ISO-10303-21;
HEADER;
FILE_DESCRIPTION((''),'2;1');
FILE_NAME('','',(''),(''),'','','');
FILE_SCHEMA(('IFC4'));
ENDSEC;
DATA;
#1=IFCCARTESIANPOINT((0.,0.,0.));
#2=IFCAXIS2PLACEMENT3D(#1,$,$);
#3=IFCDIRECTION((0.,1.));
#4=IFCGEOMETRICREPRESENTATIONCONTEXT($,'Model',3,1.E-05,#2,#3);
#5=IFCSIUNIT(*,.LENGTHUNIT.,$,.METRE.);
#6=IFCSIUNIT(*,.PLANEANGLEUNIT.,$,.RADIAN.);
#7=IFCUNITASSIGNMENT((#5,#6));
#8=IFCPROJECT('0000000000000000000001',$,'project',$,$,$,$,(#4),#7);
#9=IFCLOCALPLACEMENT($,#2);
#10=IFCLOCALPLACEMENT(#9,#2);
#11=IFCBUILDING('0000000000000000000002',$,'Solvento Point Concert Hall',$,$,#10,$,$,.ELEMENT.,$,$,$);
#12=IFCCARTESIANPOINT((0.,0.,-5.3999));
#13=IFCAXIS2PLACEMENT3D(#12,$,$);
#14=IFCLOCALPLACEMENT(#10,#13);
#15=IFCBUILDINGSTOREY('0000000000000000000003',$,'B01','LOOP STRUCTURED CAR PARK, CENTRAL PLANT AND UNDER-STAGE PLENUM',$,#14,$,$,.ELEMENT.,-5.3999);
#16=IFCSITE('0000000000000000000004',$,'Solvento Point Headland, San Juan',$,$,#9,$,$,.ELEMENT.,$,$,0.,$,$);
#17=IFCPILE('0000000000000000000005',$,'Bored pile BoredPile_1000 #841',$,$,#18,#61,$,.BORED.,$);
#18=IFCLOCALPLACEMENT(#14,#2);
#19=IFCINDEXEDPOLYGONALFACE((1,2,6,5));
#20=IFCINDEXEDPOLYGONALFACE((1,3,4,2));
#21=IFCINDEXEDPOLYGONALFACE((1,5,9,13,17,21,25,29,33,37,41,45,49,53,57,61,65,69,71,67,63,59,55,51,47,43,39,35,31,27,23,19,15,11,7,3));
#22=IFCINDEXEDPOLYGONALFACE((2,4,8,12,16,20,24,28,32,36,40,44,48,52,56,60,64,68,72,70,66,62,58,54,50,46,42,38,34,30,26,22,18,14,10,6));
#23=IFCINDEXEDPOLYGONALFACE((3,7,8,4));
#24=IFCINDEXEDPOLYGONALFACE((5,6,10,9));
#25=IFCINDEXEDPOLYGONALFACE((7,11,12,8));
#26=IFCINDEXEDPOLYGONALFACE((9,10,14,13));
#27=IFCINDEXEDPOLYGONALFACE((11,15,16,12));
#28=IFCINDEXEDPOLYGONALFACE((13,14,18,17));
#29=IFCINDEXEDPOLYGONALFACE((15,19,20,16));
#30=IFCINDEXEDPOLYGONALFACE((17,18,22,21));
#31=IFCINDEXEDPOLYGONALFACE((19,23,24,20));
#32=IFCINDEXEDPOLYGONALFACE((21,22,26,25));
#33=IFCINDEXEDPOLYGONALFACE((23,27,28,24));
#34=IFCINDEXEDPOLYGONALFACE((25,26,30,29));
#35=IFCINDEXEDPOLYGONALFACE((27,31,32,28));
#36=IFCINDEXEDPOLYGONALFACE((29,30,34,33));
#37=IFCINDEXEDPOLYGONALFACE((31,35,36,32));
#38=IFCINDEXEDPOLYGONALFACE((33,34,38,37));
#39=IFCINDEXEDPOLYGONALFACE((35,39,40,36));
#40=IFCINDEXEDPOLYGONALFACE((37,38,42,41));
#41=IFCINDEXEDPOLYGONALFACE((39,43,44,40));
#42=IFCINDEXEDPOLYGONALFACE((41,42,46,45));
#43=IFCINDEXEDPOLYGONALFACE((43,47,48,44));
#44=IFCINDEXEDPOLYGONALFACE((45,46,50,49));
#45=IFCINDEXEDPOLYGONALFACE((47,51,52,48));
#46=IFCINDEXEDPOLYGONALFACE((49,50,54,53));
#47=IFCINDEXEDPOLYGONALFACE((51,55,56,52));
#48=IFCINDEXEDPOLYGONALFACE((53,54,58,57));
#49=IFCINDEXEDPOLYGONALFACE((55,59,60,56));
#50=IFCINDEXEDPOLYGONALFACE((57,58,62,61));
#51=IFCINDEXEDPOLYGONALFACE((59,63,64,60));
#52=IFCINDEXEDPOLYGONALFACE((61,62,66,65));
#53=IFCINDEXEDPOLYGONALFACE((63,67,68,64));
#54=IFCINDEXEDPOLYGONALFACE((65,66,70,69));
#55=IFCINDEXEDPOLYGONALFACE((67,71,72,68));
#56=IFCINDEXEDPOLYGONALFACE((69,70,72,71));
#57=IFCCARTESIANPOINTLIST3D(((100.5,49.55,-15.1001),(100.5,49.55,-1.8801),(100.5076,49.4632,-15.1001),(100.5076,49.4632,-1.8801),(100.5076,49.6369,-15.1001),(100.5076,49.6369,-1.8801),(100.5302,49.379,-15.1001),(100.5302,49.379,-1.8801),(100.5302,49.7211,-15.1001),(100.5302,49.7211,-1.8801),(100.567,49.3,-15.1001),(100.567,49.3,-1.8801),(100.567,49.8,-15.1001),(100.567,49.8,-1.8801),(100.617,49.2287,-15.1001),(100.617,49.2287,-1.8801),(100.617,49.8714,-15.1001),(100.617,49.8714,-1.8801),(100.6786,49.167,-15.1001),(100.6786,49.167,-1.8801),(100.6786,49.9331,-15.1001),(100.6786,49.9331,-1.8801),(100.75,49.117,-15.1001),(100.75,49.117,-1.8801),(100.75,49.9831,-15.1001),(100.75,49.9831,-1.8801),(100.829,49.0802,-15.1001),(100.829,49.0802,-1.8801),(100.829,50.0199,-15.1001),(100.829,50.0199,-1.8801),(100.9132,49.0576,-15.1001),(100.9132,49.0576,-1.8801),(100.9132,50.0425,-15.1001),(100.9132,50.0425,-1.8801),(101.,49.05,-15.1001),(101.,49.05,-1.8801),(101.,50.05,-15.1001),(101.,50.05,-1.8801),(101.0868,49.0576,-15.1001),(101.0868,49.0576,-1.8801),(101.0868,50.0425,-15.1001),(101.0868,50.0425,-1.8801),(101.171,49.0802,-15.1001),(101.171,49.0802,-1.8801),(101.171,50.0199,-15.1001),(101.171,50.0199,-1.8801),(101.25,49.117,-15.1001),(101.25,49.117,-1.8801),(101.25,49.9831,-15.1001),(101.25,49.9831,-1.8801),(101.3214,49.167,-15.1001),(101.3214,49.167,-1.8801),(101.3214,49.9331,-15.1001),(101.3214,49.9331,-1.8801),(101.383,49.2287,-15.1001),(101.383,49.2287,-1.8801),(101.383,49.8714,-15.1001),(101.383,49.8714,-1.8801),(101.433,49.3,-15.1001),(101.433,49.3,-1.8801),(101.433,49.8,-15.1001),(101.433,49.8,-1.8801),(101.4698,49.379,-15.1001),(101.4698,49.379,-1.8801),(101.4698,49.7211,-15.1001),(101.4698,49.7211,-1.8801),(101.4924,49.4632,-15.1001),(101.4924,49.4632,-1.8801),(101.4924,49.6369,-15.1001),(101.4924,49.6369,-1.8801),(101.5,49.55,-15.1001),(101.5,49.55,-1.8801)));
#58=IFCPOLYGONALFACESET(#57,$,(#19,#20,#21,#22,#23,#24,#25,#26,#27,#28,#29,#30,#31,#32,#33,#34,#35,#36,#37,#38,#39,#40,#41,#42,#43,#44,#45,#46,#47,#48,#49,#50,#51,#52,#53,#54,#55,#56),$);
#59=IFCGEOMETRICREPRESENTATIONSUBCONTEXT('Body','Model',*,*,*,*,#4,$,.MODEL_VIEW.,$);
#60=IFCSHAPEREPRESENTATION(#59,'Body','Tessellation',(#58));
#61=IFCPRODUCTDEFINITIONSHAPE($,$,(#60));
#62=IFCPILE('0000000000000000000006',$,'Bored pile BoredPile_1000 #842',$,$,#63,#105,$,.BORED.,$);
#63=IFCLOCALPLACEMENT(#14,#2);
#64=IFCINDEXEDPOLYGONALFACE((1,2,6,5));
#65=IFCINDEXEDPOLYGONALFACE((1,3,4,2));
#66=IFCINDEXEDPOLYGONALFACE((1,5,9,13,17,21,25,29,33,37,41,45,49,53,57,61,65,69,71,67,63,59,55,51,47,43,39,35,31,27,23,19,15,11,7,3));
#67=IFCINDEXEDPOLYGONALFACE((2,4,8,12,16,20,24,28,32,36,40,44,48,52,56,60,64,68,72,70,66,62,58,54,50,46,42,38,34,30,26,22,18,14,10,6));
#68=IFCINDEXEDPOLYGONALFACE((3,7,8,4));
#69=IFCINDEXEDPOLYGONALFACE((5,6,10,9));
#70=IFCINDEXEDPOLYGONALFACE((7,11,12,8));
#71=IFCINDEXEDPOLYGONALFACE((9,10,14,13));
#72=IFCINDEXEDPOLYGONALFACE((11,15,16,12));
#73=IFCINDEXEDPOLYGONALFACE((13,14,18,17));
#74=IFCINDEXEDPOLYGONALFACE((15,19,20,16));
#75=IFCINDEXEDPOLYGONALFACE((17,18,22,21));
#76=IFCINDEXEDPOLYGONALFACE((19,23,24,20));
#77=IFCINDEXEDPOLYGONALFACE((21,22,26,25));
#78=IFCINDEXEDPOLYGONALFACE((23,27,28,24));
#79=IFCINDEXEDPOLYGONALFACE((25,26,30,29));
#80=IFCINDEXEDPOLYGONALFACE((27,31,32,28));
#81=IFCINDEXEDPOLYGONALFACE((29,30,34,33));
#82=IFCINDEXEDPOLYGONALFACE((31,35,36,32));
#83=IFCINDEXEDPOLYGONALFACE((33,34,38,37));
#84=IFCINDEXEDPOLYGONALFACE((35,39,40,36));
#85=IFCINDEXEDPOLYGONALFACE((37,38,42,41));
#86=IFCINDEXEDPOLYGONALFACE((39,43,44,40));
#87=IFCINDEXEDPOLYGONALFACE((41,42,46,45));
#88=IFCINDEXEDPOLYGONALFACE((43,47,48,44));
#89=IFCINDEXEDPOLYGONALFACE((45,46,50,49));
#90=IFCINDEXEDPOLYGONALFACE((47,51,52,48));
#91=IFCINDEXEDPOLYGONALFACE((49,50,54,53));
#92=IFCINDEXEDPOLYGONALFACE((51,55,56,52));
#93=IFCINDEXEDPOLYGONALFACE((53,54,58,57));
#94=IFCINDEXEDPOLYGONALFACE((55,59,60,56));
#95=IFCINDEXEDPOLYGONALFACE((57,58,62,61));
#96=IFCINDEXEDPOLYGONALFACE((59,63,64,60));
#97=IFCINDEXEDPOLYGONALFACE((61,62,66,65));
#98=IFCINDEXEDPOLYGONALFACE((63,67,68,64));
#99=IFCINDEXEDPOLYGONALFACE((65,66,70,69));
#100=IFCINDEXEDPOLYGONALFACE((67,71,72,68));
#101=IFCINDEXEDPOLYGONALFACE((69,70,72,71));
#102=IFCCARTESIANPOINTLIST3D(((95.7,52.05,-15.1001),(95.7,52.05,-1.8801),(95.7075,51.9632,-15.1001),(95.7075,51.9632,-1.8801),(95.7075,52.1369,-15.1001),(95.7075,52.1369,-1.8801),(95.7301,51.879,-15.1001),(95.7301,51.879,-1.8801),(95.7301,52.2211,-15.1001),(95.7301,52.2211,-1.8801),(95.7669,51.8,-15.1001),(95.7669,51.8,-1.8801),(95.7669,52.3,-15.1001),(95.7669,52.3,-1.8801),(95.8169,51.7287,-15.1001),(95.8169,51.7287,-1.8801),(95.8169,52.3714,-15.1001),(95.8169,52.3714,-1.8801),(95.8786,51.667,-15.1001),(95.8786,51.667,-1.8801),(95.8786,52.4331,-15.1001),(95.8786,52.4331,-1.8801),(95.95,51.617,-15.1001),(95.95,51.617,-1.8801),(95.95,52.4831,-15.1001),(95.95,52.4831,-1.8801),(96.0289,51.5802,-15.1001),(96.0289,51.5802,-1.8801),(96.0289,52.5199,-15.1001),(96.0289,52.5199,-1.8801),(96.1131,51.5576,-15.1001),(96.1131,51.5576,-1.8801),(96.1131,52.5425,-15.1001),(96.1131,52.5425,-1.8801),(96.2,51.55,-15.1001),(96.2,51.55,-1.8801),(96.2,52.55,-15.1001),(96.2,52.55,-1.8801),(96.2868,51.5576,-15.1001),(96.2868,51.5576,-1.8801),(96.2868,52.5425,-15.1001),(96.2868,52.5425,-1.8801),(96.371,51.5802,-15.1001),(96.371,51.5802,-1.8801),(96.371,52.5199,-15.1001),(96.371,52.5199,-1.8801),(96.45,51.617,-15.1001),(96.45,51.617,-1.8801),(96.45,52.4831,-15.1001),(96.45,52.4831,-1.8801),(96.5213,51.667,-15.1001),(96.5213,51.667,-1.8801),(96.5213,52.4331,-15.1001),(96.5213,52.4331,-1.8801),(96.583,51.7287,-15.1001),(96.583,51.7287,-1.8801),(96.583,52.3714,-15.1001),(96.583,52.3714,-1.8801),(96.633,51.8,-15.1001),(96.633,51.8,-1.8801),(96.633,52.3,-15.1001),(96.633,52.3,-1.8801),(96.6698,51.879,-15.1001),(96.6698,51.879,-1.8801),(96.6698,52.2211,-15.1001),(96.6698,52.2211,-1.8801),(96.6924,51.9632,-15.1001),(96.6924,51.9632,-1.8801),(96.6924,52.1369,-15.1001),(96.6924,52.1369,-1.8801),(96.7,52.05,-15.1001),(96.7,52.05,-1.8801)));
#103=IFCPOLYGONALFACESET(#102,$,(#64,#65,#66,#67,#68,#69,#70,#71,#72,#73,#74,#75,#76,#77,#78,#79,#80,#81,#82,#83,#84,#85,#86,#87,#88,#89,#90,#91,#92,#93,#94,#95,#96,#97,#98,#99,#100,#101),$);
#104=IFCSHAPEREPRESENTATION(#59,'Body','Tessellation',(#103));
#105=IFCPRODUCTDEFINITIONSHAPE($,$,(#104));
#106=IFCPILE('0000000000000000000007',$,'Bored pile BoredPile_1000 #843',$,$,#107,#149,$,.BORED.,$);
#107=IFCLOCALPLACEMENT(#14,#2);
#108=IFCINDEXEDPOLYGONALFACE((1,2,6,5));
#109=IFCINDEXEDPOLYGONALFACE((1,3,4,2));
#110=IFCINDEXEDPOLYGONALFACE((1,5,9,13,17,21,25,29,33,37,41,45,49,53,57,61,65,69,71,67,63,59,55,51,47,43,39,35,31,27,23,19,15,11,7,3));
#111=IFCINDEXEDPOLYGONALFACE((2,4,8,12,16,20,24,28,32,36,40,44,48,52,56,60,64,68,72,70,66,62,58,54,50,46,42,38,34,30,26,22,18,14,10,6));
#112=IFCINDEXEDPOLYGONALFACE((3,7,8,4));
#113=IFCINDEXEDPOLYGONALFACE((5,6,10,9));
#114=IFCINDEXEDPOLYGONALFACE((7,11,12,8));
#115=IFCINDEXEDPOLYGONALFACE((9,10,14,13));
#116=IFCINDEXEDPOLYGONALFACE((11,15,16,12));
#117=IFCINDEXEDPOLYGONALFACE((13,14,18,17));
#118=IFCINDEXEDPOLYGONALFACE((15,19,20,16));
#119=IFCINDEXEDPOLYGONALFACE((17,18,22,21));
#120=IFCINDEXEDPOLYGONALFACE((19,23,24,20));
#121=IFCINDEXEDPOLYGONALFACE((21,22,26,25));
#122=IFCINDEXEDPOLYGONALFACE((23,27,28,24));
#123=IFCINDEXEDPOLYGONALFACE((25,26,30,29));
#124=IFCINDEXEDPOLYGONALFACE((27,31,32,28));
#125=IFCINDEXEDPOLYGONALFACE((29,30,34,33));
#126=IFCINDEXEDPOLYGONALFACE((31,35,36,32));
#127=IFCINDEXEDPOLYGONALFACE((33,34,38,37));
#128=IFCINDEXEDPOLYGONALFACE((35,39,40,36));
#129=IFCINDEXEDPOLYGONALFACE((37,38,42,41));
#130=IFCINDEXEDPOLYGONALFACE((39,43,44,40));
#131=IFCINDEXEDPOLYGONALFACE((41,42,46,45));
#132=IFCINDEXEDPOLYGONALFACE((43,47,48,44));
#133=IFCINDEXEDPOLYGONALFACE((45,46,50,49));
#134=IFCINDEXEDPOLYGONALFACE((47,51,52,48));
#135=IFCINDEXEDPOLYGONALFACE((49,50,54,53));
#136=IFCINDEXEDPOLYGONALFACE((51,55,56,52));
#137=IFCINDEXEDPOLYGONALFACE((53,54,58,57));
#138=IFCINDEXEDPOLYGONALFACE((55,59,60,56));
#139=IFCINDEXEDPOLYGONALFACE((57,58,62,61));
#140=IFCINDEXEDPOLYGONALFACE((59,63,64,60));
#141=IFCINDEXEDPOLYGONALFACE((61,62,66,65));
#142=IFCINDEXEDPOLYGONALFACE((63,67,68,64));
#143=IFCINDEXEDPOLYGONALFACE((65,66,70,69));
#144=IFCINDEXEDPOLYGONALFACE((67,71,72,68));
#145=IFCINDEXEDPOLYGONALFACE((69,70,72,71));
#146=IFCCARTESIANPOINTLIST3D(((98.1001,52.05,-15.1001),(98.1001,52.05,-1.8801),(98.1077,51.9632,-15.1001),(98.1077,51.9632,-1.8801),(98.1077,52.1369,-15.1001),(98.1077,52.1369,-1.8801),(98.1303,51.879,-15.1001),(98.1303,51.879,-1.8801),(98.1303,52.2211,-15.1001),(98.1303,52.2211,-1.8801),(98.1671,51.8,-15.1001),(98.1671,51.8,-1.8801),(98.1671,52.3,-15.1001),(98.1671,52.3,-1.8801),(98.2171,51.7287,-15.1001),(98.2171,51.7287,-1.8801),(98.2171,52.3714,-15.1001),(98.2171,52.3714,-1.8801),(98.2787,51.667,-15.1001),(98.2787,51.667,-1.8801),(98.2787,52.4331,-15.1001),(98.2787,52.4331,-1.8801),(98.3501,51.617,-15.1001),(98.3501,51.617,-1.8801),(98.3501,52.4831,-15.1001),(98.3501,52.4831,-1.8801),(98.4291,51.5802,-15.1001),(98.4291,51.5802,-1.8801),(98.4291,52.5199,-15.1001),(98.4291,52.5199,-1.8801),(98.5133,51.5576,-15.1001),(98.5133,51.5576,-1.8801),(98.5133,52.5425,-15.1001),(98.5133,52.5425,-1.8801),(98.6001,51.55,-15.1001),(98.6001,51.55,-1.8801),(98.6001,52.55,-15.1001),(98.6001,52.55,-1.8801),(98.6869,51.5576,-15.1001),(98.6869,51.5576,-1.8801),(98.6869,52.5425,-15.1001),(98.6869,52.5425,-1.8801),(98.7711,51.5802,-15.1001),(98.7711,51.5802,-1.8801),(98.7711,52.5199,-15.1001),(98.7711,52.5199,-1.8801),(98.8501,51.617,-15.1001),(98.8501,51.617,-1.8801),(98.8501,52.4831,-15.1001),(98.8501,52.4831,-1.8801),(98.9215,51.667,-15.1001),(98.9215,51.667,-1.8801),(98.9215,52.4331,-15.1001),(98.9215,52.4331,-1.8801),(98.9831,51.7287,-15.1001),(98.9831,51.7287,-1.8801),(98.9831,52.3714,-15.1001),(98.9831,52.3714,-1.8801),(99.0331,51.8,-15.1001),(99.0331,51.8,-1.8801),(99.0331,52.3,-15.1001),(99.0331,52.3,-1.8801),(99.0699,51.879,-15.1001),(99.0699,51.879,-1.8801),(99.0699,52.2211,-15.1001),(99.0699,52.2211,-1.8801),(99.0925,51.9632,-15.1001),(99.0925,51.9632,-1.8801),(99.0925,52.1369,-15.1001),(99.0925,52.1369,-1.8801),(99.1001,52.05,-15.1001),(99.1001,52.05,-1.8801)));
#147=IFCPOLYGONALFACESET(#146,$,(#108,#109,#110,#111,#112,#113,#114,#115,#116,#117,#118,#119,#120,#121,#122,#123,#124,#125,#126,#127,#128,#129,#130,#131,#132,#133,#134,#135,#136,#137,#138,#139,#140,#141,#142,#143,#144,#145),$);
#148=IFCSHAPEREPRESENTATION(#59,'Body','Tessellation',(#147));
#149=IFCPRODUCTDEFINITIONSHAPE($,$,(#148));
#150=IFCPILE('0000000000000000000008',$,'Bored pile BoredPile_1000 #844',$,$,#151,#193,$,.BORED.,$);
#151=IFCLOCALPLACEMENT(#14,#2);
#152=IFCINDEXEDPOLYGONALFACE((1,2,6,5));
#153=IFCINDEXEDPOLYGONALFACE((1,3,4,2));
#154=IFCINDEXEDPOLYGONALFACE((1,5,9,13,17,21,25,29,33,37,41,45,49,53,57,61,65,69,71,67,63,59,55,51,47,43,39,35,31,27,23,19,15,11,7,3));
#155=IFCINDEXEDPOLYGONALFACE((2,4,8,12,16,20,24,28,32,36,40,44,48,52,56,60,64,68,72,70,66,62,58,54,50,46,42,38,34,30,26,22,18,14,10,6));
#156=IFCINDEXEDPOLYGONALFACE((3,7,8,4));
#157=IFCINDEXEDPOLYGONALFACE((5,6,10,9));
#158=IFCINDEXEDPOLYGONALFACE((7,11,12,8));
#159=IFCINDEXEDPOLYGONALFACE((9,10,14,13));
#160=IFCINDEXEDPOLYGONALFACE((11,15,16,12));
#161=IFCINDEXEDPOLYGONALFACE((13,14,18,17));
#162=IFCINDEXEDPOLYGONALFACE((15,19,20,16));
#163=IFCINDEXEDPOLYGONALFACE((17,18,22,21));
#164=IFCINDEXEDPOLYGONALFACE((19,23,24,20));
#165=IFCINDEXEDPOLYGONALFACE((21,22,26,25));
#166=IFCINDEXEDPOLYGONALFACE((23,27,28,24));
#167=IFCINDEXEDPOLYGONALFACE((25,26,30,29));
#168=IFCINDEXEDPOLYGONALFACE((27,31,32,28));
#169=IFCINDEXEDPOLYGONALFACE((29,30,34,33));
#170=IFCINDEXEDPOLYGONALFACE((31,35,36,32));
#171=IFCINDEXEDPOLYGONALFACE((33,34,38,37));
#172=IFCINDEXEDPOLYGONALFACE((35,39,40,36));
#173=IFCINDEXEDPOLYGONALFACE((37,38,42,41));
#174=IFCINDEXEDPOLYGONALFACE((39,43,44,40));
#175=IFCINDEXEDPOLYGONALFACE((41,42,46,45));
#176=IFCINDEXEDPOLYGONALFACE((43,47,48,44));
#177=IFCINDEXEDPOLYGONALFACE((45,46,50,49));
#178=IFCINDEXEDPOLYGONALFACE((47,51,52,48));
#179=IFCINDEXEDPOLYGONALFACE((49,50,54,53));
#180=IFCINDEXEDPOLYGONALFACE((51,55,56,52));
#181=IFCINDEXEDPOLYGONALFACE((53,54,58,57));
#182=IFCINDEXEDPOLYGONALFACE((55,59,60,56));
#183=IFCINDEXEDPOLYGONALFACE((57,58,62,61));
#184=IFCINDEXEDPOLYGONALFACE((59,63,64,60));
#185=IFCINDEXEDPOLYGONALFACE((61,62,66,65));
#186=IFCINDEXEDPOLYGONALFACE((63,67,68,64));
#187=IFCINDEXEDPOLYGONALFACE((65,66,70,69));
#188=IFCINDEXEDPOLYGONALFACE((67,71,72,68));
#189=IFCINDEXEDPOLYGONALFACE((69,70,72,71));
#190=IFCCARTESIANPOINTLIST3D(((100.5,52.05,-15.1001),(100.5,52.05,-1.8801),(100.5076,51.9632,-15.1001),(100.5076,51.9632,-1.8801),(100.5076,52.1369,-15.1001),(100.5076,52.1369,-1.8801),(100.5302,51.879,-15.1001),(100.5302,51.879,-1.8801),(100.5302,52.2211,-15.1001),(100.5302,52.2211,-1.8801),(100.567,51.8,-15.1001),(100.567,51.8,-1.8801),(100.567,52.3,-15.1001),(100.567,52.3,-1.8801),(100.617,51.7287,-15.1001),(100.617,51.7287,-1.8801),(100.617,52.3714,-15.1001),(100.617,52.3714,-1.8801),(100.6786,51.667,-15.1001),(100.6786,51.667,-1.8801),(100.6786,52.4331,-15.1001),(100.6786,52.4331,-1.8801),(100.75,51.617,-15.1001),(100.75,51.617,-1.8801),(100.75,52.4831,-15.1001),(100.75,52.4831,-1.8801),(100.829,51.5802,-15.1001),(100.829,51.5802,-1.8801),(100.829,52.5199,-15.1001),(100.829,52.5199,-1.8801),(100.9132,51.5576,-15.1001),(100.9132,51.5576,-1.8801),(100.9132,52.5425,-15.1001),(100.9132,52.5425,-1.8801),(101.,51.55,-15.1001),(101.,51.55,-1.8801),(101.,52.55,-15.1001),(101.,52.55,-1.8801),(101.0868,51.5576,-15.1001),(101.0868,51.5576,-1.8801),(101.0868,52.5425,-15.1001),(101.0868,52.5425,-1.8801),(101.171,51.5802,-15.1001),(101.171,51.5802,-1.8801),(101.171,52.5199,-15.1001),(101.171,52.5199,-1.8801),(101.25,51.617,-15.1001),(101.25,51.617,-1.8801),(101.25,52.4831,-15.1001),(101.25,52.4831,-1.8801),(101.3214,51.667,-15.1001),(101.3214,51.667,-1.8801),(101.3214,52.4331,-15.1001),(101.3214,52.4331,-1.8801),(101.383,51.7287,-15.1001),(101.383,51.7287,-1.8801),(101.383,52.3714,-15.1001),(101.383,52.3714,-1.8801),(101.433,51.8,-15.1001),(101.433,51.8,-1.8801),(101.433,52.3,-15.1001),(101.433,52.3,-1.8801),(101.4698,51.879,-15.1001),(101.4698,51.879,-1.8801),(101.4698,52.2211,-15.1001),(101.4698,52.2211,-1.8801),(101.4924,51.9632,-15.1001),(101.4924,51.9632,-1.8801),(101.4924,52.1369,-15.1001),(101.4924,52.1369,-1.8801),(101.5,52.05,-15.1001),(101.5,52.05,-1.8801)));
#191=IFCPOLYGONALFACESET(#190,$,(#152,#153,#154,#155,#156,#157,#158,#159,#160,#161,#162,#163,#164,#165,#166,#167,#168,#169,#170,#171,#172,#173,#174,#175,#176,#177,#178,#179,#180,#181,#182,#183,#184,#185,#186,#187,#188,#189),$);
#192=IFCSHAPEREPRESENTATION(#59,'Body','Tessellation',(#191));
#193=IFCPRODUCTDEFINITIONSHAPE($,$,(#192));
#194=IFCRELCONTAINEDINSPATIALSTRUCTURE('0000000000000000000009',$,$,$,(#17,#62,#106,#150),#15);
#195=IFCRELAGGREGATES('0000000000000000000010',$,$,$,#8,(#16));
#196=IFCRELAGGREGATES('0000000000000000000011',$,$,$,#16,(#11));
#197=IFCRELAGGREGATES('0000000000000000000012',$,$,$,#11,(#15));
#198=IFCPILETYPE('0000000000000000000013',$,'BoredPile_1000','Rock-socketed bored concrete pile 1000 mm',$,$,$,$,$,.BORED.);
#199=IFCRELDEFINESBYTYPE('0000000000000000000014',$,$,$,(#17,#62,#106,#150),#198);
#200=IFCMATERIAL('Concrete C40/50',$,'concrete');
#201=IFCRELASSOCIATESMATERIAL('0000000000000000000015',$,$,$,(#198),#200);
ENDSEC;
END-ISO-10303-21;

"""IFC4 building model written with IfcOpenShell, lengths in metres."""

from ifc_helpers import new_model, si_unit, direction, frame, origin, origin_2d, place, context, subcontext, project, spatial, circle, extrude, material, material_profile, profile_set, type_object, element, save


model = new_model("IFC4")

# Units and contexts
model_context = context("Model", 3, precision=1e-05, world=origin(), true_north=direction((0.0, 1.0)))
body_context = subcontext(model_context, "Body", "Model", "MODEL_VIEW")
ifc_project = project(units=[si_unit("LENGTHUNIT", "METRE"), si_unit("PLANEANGLEUNIT", "RADIAN")], contexts=[model_context])

# Site, building, storey
site_placement = place(None, origin())
site = spatial("IfcSite", under=ifc_project, at=site_placement, Name="Solvento Point Headland, San Juan", CompositionType="ELEMENT", RefElevation=0.0)
building_placement = place(site_placement, origin())
building = spatial("IfcBuilding", under=site, at=building_placement, Name="Solvento Point Concert Hall", CompositionType="ELEMENT")
storey_placement = place(building_placement, frame((0.0, 0.0, -5.3999)))
storey = spatial("IfcBuildingStorey", under=building, at=storey_placement, Name="B01", Description="LOOP STRUCTURED CAR PARK, CENTRAL PLANT AND UNDER-STAGE PLENUM", CompositionType="ELEMENT", Elevation=-5.3999)

# Piles
ifc_material_1 = material(Name="Concrete C40/50", Category="concrete")
ifc_material_profile_1 = material_profile(ifc_material_1, circle(Radius=0.5, at=origin_2d()), Name="BP-1000")
ifc_profile_set_1 = profile_set([ifc_material_profile_1], Name="Concrete C40/50")
pile_type_1 = type_object("IfcPileType", Name="BoredPile_1000", Description="Rock-socketed bored concrete pile 1000 mm", PredefinedType="BORED", material=ifc_profile_set_1)
for number, where, z_axis, x_axis, name in (
    (1, (101.0, 49.55, -1.8801), (0.0, 0.0, -1.0), (1.0, 0.0, 0.0), "Bored pile BoredPile_1000 #841"),
    (2, (96.2, 52.05, -1.8801), (0.0, 0.0, -1.0), (1.0, 0.0, 0.0), "Bored pile BoredPile_1000 #842"),
    (3, (98.6001, 52.05, -1.8801), (0.0, 0.0, -1.0), (1.0, 0.0, 0.0), "Bored pile BoredPile_1000 #843"),
    (4, (101.0, 52.05, -1.8801), (0.0, 0.0, -1.0), (1.0, 0.0, 0.0), "Bored pile BoredPile_1000 #844"),
):
    element("IfcPile", number, at=place(storey_placement, frame(where, z_axis=z_axis, x_axis=x_axis)), inside=storey, type_object=pile_type_1, Name=name, PredefinedType="BORED", context=body_context, shape_type="SweptSolid", body=[
        extrude(circle(Radius=0.5, at=origin_2d()), origin(), (0.0, 0.0, 1.0), 13.22),
    ])

save(model, "model.ifc")
